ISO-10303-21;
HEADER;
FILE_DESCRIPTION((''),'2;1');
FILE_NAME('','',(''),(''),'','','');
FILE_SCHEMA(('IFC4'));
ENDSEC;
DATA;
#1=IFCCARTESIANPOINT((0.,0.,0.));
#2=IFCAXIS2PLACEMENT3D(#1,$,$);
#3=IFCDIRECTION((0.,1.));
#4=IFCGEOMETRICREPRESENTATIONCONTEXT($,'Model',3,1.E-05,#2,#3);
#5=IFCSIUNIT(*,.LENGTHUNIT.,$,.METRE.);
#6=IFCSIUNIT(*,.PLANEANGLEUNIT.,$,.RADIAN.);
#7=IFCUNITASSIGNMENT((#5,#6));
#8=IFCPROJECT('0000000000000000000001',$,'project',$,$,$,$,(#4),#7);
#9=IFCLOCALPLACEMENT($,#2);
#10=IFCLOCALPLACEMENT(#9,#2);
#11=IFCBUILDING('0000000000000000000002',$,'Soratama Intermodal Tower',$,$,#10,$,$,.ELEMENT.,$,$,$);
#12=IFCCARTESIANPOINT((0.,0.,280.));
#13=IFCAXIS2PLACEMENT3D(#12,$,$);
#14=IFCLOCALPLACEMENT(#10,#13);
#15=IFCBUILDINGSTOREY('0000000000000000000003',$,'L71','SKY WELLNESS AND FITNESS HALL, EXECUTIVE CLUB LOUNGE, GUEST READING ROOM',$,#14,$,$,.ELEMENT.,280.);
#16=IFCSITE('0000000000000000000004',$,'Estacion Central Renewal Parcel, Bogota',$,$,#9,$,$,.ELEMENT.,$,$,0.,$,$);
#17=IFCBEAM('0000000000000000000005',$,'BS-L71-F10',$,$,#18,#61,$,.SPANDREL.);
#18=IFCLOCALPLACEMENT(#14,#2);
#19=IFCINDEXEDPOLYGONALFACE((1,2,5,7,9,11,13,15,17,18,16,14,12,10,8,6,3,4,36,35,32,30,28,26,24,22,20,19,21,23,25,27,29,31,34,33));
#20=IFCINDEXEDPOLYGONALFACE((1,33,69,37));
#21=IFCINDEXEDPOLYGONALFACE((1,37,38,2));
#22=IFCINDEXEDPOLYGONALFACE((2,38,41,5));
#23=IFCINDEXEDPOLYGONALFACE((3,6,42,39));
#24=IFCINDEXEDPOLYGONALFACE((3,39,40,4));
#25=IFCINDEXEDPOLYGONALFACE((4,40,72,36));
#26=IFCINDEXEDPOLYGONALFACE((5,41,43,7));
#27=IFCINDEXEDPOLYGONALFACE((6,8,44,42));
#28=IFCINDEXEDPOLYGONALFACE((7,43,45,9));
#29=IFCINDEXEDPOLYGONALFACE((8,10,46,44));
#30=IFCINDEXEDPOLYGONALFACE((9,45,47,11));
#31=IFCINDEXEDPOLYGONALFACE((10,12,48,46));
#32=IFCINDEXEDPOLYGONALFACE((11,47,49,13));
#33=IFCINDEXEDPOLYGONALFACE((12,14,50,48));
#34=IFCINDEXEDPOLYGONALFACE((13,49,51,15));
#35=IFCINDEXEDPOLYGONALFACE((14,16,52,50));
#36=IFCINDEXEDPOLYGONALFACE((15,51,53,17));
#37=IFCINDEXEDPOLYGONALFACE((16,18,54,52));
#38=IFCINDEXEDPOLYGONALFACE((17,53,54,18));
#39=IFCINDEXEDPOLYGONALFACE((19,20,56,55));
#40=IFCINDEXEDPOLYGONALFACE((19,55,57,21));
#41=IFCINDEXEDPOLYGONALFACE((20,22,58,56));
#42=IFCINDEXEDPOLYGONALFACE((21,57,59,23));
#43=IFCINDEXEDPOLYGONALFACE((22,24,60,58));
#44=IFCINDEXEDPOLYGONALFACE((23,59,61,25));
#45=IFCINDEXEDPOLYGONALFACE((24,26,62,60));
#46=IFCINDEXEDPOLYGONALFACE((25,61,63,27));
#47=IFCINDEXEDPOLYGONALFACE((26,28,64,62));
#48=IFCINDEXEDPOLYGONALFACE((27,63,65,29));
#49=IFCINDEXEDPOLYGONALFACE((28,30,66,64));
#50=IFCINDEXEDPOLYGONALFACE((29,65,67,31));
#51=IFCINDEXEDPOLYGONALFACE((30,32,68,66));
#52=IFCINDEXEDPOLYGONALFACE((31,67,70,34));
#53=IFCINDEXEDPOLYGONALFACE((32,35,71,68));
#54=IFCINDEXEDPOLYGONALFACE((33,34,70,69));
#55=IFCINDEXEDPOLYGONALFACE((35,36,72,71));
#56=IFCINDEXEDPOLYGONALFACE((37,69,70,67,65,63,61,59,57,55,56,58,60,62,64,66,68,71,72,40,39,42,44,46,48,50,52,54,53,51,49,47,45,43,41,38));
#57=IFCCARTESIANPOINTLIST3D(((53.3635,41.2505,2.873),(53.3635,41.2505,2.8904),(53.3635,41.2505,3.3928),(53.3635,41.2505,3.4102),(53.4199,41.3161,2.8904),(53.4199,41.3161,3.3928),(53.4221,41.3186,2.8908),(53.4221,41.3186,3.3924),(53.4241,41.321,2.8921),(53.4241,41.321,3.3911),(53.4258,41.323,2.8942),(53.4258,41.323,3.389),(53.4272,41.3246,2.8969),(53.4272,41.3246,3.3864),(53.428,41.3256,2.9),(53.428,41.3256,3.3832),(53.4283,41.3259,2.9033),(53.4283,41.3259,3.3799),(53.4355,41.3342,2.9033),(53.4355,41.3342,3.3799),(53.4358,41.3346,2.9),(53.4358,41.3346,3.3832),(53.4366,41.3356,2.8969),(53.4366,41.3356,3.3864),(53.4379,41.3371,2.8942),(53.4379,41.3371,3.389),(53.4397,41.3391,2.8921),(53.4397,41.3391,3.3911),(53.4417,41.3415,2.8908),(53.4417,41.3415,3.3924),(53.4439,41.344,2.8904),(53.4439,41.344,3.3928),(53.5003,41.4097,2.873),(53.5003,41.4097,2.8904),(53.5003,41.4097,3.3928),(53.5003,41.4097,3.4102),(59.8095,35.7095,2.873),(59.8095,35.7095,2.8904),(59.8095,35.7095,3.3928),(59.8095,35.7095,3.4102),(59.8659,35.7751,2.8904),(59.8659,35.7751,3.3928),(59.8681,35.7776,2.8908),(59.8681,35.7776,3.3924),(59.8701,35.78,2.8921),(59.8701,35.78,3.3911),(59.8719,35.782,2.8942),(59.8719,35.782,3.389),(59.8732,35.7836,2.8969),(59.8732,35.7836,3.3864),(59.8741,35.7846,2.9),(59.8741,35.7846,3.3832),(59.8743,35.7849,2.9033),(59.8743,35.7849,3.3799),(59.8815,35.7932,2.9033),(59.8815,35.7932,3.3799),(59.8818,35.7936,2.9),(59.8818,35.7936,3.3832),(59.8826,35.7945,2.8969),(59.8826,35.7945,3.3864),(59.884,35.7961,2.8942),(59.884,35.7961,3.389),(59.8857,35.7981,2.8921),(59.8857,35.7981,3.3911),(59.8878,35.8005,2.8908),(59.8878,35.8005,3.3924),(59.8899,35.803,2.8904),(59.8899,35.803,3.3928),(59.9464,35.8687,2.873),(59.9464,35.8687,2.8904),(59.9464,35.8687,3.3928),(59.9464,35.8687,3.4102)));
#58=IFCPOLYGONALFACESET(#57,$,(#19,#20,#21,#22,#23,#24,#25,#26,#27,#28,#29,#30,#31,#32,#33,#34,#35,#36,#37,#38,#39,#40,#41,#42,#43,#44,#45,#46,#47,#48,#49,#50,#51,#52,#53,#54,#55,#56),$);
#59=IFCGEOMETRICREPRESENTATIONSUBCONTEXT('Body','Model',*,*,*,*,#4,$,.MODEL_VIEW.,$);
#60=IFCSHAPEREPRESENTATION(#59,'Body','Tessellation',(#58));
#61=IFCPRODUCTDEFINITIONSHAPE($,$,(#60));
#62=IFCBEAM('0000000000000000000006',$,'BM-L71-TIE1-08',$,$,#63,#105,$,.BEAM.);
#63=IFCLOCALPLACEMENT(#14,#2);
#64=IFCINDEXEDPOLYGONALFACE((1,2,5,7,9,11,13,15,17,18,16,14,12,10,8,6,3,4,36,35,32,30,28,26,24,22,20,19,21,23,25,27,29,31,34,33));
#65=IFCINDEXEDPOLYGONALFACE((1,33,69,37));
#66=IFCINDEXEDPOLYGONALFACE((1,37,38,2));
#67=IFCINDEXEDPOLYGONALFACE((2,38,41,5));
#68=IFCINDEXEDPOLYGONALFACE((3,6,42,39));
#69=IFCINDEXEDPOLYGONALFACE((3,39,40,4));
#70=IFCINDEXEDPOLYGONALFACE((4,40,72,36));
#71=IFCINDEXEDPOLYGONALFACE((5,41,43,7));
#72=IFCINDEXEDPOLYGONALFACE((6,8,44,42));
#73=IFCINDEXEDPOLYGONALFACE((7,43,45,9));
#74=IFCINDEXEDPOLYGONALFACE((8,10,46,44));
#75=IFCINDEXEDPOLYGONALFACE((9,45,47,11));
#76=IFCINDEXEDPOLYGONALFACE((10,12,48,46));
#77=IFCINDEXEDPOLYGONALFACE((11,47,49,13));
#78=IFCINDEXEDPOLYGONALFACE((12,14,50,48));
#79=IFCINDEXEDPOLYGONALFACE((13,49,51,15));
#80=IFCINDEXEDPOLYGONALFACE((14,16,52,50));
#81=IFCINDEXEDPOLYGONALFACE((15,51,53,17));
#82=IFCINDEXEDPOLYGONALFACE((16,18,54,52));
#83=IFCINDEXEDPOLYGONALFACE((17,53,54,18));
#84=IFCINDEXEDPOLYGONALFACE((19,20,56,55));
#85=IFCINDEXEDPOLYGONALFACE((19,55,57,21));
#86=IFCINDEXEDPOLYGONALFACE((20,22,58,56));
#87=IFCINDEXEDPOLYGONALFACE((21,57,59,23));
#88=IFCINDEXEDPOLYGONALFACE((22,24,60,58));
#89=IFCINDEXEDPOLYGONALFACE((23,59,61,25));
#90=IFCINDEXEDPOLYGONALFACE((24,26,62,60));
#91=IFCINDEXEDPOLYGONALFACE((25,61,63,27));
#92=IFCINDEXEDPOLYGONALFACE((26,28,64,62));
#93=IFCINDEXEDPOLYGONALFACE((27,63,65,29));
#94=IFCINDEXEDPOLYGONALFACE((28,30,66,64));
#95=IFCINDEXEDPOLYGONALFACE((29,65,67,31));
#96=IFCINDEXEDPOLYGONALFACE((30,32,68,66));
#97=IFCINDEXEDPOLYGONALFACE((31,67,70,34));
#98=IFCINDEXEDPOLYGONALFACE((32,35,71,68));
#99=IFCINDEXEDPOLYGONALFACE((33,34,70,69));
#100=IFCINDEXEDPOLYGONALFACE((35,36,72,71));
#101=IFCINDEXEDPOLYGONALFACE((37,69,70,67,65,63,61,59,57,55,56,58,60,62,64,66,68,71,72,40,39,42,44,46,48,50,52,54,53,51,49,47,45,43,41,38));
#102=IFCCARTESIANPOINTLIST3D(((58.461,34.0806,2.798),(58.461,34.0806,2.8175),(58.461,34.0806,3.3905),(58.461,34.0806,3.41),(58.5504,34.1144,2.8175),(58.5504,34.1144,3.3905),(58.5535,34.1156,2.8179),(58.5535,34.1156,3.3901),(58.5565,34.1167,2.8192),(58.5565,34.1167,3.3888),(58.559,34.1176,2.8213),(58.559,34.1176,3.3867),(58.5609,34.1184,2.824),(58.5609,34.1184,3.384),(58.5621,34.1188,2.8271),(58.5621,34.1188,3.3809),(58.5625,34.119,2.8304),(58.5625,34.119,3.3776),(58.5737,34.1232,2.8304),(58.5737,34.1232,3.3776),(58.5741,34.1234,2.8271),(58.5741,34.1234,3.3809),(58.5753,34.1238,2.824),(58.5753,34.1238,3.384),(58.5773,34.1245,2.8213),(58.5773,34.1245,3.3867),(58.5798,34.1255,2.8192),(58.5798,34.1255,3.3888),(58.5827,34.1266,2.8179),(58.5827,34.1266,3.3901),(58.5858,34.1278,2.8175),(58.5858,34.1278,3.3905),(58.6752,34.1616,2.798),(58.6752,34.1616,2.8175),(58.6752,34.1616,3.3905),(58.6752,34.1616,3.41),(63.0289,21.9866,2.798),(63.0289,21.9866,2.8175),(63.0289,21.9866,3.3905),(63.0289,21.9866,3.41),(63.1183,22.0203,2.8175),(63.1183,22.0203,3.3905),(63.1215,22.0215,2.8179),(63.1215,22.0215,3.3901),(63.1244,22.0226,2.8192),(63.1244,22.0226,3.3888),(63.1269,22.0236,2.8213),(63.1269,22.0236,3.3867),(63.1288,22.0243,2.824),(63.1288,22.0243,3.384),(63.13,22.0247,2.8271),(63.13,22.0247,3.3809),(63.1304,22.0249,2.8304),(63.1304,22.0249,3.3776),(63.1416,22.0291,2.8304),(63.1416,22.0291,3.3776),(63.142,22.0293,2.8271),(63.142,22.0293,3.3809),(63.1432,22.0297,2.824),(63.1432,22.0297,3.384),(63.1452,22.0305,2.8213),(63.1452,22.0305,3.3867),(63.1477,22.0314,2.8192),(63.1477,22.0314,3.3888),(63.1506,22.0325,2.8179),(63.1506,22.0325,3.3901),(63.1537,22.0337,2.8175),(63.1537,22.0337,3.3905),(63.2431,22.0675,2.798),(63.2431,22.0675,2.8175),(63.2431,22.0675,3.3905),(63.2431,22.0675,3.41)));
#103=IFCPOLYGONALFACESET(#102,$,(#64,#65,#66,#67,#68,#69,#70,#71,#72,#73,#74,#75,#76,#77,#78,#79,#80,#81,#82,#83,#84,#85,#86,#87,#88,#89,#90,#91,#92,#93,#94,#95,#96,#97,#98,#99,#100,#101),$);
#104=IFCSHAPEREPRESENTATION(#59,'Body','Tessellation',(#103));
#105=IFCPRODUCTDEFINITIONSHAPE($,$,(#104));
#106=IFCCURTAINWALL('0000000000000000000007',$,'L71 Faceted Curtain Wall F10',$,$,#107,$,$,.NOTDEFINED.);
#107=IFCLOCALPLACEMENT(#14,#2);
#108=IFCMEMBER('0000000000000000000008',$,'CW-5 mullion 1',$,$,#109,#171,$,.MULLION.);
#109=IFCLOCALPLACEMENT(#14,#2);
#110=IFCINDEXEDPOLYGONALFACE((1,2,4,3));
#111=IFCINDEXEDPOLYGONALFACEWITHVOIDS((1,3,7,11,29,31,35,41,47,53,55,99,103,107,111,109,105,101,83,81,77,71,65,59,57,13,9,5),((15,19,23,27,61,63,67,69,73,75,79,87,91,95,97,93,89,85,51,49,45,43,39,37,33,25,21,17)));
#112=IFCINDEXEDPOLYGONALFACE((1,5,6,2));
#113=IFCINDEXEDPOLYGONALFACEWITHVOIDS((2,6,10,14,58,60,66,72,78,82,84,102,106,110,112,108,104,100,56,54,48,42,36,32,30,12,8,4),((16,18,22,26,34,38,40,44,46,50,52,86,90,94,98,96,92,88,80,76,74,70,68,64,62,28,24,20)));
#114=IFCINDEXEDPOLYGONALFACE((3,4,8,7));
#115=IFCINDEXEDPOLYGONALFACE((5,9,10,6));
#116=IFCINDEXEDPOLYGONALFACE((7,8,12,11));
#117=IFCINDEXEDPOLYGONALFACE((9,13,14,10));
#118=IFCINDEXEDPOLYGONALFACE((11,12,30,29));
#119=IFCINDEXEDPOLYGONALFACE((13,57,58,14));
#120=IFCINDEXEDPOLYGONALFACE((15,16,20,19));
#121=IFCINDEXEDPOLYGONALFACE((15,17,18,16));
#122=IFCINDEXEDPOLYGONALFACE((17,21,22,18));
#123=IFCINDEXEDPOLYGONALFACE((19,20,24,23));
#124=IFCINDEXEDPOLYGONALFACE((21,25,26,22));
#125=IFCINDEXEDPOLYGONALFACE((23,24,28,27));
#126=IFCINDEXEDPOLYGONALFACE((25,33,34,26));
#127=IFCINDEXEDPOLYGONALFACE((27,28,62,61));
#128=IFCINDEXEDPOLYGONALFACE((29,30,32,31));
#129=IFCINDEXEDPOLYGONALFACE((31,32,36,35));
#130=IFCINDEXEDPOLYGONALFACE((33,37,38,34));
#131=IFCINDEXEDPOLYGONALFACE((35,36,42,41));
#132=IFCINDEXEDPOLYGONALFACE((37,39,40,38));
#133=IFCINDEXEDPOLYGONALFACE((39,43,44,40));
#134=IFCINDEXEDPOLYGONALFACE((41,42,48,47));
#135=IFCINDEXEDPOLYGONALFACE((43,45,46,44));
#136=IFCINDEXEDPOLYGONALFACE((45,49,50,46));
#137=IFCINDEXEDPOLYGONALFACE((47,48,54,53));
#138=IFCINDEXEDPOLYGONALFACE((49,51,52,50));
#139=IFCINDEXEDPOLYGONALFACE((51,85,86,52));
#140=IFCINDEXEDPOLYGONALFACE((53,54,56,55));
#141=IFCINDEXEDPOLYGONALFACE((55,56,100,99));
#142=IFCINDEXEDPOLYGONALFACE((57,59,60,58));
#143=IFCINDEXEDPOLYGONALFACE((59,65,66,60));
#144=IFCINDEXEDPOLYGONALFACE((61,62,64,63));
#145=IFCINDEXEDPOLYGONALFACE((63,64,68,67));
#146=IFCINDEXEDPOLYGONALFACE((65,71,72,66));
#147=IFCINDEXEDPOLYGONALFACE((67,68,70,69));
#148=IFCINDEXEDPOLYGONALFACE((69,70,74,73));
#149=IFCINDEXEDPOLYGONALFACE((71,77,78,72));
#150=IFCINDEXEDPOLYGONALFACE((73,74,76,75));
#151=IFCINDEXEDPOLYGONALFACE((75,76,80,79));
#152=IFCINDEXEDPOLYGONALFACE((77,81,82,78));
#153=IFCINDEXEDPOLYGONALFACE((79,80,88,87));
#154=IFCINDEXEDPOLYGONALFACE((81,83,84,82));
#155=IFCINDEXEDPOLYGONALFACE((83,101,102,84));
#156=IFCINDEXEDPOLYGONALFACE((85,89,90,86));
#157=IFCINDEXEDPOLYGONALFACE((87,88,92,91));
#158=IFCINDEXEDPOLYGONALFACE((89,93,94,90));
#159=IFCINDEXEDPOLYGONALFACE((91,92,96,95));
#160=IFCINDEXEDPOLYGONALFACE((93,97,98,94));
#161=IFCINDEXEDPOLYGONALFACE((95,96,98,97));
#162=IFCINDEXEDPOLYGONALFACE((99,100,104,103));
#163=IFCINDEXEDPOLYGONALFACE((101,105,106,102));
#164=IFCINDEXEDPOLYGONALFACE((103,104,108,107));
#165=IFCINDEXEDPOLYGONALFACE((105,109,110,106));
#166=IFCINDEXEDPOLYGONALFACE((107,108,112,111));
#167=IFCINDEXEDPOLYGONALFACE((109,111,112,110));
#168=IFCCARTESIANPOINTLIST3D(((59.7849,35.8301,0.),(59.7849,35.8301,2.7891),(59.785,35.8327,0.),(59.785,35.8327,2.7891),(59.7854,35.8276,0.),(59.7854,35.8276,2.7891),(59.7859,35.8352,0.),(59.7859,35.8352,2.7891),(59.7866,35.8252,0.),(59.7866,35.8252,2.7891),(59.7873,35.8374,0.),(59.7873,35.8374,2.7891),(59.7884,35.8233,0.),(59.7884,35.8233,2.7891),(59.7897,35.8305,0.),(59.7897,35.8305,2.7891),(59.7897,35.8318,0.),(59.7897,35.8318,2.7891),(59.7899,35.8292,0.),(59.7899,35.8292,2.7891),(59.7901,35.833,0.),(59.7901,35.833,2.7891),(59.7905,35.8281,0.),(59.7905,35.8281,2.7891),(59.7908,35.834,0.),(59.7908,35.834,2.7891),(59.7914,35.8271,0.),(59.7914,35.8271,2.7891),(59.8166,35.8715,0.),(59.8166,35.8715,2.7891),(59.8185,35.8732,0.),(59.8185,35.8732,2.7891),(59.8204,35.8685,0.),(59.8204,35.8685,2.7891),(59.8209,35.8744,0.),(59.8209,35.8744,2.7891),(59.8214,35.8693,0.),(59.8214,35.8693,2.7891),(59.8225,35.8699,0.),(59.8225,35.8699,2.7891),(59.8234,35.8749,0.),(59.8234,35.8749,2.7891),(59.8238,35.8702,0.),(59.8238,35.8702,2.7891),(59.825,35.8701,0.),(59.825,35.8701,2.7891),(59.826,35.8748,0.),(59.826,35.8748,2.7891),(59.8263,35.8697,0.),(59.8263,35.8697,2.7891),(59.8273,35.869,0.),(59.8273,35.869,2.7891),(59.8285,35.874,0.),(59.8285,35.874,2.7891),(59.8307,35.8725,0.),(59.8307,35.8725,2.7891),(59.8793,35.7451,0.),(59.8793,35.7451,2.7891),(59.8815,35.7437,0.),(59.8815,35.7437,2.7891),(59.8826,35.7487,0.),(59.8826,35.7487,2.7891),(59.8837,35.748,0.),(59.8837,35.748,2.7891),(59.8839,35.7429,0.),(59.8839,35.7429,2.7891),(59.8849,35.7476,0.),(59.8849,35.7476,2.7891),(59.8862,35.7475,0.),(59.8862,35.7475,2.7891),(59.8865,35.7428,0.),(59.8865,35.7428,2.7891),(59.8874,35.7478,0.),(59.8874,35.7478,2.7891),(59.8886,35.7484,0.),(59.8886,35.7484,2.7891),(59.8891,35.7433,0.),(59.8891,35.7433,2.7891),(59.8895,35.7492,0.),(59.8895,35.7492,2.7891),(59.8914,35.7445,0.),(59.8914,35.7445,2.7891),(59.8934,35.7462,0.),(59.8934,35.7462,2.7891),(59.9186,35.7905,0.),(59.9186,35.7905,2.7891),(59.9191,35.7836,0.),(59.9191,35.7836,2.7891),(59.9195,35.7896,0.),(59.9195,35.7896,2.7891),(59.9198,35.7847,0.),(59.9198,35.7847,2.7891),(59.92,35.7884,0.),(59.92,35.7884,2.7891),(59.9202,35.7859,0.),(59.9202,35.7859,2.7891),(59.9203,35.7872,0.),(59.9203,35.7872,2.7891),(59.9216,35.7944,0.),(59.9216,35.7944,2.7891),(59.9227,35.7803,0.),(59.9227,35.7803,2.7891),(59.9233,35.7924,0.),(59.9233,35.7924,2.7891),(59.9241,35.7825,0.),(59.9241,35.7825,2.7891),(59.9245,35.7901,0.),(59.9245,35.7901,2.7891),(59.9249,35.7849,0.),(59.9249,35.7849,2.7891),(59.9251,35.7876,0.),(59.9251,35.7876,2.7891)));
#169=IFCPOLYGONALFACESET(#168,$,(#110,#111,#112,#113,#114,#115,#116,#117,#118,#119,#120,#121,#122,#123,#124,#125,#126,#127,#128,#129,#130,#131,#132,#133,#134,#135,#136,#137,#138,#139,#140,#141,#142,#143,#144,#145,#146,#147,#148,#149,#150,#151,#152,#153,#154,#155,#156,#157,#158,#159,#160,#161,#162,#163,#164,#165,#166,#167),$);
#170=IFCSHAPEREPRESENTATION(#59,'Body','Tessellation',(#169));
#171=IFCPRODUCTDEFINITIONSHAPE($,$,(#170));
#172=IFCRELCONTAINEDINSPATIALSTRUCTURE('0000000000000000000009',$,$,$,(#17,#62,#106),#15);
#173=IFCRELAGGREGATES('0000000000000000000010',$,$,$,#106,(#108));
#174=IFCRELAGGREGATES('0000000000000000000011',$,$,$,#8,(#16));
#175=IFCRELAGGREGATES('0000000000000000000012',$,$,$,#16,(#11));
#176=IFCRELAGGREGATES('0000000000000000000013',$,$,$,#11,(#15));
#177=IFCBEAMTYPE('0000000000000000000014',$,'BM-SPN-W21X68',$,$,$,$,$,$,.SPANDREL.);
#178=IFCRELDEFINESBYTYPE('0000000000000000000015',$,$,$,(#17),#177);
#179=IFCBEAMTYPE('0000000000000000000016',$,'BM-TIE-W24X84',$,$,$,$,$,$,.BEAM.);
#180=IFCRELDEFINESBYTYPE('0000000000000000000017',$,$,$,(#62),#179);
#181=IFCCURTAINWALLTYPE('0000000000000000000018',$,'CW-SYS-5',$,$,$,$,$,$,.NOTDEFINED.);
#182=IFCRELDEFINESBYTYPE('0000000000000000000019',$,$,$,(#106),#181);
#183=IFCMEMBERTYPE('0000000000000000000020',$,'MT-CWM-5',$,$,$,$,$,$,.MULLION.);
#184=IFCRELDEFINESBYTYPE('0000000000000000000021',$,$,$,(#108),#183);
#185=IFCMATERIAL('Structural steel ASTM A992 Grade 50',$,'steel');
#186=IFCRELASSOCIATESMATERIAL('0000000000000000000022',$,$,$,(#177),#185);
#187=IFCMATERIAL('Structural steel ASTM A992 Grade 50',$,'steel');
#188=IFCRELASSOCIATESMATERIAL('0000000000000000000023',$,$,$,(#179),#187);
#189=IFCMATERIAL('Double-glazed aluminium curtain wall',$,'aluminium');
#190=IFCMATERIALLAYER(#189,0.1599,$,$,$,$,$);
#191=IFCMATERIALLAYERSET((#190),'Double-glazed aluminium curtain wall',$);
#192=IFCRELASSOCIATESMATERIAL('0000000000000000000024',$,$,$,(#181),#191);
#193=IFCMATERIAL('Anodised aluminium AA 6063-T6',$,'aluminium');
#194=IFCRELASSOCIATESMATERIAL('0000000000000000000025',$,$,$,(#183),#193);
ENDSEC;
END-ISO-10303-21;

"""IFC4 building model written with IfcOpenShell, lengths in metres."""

from ifc_helpers import new_model, si_unit, direction, frame, origin, origin_2d, place, context, subcontext, project, spatial, hollow_rectangle, i_section, extrude, material, layer, layer_set, material_profile, profile_set, type_object, element, aggregate, save


model = new_model("IFC4")

# Units and contexts
model_context = context("Model", 3, precision=1e-05, world=origin(), true_north=direction((0.0, 1.0)))
body_context = subcontext(model_context, "Body", "Model", "MODEL_VIEW")
ifc_project = project(units=[si_unit("LENGTHUNIT", "METRE"), si_unit("PLANEANGLEUNIT", "RADIAN")], contexts=[model_context])

# Site, building, storey
site_placement = place(None, origin())
site = spatial("IfcSite", under=ifc_project, at=site_placement, Name="Estacion Central Renewal Parcel, Bogota", CompositionType="ELEMENT", RefElevation=0.0)
building_placement = place(site_placement, origin())
building = spatial("IfcBuilding", under=site, at=building_placement, Name="Soratama Intermodal Tower", CompositionType="ELEMENT")
storey_placement = place(building_placement, frame((0.0, 0.0, 280.0)))
storey = spatial("IfcBuildingStorey", under=building, at=storey_placement, Name="L71", Description="SKY WELLNESS AND FITNESS HALL, EXECUTIVE CLUB LOUNGE, GUEST READING ROOM", CompositionType="ELEMENT", Elevation=280.0)

# Beams
ifc_material_1 = material(Name="Structural steel ASTM A992 Grade 50", Category="steel")
ifc_material_profile_1 = material_profile(ifc_material_1, i_section(OverallWidth=0.21, OverallDepth=0.5371, WebThickness=0.011, FlangeThickness=0.0173, FilletRadius=0.0129, at=origin_2d()), Name="W21X68")
ifc_profile_set_1 = profile_set([ifc_material_profile_1], Name="Structural steel ASTM A992 Grade 50")
beam_type_1 = type_object("IfcBeamType", Name="BM-SPN-W21X68", PredefinedType="SPANDREL", material=ifc_profile_set_1)
beam_1_placement = place(storey_placement, frame((59.8779, 35.7891, 3.1416), z_axis=(-0.758335, 0.651865, 0.0), x_axis=(-0.651865, -0.758335, 0.0)))
element("IfcBeam", 1, at=beam_1_placement, inside=storey, type_object=beam_type_1, Name="BS-L71-F10", PredefinedType="SPANDREL", context=body_context, shape_type="SweptSolid", body=[
    extrude(i_section(OverallWidth=0.21, OverallDepth=0.5371, WebThickness=0.011, FlangeThickness=0.0173, FilletRadius=0.0129, at=origin_2d()), origin(), (0.0, 0.0, 1.0), 8.5002),
])
ifc_material_2 = material(Name="Structural steel ASTM A992 Grade 50", Category="steel")
ifc_material_profile_2 = material_profile(ifc_material_2, i_section(OverallWidth=0.229, OverallDepth=0.6121, WebThickness=0.012, FlangeThickness=0.0195, FilletRadius=0.0129, at=origin_2d()), Name="W24X84")
ifc_profile_set_2 = profile_set([ifc_material_profile_2], Name="Structural steel ASTM A992 Grade 50")
beam_type_2 = type_object("IfcBeamType", Name="BM-TIE-W24X84", PredefinedType="BEAM", material=ifc_profile_set_2)
beam_2_placement = place(storey_placement, frame((58.5681, 34.1211, 3.104), z_axis=(0.353335, -0.935497, 0.0), x_axis=(0.935497, 0.353335, 0.0)))
element("IfcBeam", 2, at=beam_2_placement, inside=storey, type_object=beam_type_2, Name="BM-L71-TIE1-08", PredefinedType="BEAM", context=body_context, shape_type="SweptSolid", body=[
    extrude(i_section(OverallWidth=0.229, OverallDepth=0.6121, WebThickness=0.012, FlangeThickness=0.0195, FilletRadius=0.0129, at=origin_2d()), origin(), (0.0, 0.0, 1.0), 12.928),
])

# Curtain wall, member
ifc_material_3 = material(Name="Double-glazed aluminium curtain wall", Category="aluminium")
ifc_layer_1 = layer(ifc_material_3, 0.1599)
ifc_layer_set_1 = layer_set([ifc_layer_1], Name="Double-glazed aluminium curtain wall")
curtain_wall_type = type_object("IfcCurtainWallType", Name="CW-SYS-5", PredefinedType="NOTDEFINED", material=ifc_layer_set_1)
curtain_wall_placement = place(storey_placement, origin())
curtain_wall = element("IfcCurtainWall", 3, at=curtain_wall_placement, inside=storey, type_object=curtain_wall_type, Name="L71 Faceted Curtain Wall F10", PredefinedType="NOTDEFINED")
ifc_material_4 = material(Name="Anodised aluminium AA 6063-T6", Category="aluminium")
ifc_material_profile_3 = material_profile(ifc_material_4, hollow_rectangle(XDim=0.0649, YDim=0.1399, WallThickness=0.0049, InnerFilletRadius=0.0049, OuterFilletRadius=0.01, at=origin_2d()), Name="CWM140X65X5")
ifc_profile_set_3 = profile_set([ifc_material_profile_3], Name="Anodised aluminium AA 6063-T6")
member_type_1 = type_object("IfcMemberType", Name="MT-CWM-5", PredefinedType="MULLION", material=ifc_profile_set_3)
member_1_placement = place(storey_placement, frame((59.855, 35.8088, 0.0), z_axis=(0.0, 0.0, 1.0), x_axis=(-0.651826, -0.758369, 0.0)))
member_1 = element("IfcMember", 4, at=member_1_placement, type_object=member_type_1, Name="CW-5 mullion 1", PredefinedType="MULLION", context=body_context, shape_type="SweptSolid", body=[
    extrude(hollow_rectangle(XDim=0.0649, YDim=0.1399, WallThickness=0.0049, InnerFilletRadius=0.0049, OuterFilletRadius=0.01, at=origin_2d()), origin(), (0.0, 0.0, 1.0), 2.7891),
])
aggregate(curtain_wall, [member_1])

save(model, "model.ifc")
